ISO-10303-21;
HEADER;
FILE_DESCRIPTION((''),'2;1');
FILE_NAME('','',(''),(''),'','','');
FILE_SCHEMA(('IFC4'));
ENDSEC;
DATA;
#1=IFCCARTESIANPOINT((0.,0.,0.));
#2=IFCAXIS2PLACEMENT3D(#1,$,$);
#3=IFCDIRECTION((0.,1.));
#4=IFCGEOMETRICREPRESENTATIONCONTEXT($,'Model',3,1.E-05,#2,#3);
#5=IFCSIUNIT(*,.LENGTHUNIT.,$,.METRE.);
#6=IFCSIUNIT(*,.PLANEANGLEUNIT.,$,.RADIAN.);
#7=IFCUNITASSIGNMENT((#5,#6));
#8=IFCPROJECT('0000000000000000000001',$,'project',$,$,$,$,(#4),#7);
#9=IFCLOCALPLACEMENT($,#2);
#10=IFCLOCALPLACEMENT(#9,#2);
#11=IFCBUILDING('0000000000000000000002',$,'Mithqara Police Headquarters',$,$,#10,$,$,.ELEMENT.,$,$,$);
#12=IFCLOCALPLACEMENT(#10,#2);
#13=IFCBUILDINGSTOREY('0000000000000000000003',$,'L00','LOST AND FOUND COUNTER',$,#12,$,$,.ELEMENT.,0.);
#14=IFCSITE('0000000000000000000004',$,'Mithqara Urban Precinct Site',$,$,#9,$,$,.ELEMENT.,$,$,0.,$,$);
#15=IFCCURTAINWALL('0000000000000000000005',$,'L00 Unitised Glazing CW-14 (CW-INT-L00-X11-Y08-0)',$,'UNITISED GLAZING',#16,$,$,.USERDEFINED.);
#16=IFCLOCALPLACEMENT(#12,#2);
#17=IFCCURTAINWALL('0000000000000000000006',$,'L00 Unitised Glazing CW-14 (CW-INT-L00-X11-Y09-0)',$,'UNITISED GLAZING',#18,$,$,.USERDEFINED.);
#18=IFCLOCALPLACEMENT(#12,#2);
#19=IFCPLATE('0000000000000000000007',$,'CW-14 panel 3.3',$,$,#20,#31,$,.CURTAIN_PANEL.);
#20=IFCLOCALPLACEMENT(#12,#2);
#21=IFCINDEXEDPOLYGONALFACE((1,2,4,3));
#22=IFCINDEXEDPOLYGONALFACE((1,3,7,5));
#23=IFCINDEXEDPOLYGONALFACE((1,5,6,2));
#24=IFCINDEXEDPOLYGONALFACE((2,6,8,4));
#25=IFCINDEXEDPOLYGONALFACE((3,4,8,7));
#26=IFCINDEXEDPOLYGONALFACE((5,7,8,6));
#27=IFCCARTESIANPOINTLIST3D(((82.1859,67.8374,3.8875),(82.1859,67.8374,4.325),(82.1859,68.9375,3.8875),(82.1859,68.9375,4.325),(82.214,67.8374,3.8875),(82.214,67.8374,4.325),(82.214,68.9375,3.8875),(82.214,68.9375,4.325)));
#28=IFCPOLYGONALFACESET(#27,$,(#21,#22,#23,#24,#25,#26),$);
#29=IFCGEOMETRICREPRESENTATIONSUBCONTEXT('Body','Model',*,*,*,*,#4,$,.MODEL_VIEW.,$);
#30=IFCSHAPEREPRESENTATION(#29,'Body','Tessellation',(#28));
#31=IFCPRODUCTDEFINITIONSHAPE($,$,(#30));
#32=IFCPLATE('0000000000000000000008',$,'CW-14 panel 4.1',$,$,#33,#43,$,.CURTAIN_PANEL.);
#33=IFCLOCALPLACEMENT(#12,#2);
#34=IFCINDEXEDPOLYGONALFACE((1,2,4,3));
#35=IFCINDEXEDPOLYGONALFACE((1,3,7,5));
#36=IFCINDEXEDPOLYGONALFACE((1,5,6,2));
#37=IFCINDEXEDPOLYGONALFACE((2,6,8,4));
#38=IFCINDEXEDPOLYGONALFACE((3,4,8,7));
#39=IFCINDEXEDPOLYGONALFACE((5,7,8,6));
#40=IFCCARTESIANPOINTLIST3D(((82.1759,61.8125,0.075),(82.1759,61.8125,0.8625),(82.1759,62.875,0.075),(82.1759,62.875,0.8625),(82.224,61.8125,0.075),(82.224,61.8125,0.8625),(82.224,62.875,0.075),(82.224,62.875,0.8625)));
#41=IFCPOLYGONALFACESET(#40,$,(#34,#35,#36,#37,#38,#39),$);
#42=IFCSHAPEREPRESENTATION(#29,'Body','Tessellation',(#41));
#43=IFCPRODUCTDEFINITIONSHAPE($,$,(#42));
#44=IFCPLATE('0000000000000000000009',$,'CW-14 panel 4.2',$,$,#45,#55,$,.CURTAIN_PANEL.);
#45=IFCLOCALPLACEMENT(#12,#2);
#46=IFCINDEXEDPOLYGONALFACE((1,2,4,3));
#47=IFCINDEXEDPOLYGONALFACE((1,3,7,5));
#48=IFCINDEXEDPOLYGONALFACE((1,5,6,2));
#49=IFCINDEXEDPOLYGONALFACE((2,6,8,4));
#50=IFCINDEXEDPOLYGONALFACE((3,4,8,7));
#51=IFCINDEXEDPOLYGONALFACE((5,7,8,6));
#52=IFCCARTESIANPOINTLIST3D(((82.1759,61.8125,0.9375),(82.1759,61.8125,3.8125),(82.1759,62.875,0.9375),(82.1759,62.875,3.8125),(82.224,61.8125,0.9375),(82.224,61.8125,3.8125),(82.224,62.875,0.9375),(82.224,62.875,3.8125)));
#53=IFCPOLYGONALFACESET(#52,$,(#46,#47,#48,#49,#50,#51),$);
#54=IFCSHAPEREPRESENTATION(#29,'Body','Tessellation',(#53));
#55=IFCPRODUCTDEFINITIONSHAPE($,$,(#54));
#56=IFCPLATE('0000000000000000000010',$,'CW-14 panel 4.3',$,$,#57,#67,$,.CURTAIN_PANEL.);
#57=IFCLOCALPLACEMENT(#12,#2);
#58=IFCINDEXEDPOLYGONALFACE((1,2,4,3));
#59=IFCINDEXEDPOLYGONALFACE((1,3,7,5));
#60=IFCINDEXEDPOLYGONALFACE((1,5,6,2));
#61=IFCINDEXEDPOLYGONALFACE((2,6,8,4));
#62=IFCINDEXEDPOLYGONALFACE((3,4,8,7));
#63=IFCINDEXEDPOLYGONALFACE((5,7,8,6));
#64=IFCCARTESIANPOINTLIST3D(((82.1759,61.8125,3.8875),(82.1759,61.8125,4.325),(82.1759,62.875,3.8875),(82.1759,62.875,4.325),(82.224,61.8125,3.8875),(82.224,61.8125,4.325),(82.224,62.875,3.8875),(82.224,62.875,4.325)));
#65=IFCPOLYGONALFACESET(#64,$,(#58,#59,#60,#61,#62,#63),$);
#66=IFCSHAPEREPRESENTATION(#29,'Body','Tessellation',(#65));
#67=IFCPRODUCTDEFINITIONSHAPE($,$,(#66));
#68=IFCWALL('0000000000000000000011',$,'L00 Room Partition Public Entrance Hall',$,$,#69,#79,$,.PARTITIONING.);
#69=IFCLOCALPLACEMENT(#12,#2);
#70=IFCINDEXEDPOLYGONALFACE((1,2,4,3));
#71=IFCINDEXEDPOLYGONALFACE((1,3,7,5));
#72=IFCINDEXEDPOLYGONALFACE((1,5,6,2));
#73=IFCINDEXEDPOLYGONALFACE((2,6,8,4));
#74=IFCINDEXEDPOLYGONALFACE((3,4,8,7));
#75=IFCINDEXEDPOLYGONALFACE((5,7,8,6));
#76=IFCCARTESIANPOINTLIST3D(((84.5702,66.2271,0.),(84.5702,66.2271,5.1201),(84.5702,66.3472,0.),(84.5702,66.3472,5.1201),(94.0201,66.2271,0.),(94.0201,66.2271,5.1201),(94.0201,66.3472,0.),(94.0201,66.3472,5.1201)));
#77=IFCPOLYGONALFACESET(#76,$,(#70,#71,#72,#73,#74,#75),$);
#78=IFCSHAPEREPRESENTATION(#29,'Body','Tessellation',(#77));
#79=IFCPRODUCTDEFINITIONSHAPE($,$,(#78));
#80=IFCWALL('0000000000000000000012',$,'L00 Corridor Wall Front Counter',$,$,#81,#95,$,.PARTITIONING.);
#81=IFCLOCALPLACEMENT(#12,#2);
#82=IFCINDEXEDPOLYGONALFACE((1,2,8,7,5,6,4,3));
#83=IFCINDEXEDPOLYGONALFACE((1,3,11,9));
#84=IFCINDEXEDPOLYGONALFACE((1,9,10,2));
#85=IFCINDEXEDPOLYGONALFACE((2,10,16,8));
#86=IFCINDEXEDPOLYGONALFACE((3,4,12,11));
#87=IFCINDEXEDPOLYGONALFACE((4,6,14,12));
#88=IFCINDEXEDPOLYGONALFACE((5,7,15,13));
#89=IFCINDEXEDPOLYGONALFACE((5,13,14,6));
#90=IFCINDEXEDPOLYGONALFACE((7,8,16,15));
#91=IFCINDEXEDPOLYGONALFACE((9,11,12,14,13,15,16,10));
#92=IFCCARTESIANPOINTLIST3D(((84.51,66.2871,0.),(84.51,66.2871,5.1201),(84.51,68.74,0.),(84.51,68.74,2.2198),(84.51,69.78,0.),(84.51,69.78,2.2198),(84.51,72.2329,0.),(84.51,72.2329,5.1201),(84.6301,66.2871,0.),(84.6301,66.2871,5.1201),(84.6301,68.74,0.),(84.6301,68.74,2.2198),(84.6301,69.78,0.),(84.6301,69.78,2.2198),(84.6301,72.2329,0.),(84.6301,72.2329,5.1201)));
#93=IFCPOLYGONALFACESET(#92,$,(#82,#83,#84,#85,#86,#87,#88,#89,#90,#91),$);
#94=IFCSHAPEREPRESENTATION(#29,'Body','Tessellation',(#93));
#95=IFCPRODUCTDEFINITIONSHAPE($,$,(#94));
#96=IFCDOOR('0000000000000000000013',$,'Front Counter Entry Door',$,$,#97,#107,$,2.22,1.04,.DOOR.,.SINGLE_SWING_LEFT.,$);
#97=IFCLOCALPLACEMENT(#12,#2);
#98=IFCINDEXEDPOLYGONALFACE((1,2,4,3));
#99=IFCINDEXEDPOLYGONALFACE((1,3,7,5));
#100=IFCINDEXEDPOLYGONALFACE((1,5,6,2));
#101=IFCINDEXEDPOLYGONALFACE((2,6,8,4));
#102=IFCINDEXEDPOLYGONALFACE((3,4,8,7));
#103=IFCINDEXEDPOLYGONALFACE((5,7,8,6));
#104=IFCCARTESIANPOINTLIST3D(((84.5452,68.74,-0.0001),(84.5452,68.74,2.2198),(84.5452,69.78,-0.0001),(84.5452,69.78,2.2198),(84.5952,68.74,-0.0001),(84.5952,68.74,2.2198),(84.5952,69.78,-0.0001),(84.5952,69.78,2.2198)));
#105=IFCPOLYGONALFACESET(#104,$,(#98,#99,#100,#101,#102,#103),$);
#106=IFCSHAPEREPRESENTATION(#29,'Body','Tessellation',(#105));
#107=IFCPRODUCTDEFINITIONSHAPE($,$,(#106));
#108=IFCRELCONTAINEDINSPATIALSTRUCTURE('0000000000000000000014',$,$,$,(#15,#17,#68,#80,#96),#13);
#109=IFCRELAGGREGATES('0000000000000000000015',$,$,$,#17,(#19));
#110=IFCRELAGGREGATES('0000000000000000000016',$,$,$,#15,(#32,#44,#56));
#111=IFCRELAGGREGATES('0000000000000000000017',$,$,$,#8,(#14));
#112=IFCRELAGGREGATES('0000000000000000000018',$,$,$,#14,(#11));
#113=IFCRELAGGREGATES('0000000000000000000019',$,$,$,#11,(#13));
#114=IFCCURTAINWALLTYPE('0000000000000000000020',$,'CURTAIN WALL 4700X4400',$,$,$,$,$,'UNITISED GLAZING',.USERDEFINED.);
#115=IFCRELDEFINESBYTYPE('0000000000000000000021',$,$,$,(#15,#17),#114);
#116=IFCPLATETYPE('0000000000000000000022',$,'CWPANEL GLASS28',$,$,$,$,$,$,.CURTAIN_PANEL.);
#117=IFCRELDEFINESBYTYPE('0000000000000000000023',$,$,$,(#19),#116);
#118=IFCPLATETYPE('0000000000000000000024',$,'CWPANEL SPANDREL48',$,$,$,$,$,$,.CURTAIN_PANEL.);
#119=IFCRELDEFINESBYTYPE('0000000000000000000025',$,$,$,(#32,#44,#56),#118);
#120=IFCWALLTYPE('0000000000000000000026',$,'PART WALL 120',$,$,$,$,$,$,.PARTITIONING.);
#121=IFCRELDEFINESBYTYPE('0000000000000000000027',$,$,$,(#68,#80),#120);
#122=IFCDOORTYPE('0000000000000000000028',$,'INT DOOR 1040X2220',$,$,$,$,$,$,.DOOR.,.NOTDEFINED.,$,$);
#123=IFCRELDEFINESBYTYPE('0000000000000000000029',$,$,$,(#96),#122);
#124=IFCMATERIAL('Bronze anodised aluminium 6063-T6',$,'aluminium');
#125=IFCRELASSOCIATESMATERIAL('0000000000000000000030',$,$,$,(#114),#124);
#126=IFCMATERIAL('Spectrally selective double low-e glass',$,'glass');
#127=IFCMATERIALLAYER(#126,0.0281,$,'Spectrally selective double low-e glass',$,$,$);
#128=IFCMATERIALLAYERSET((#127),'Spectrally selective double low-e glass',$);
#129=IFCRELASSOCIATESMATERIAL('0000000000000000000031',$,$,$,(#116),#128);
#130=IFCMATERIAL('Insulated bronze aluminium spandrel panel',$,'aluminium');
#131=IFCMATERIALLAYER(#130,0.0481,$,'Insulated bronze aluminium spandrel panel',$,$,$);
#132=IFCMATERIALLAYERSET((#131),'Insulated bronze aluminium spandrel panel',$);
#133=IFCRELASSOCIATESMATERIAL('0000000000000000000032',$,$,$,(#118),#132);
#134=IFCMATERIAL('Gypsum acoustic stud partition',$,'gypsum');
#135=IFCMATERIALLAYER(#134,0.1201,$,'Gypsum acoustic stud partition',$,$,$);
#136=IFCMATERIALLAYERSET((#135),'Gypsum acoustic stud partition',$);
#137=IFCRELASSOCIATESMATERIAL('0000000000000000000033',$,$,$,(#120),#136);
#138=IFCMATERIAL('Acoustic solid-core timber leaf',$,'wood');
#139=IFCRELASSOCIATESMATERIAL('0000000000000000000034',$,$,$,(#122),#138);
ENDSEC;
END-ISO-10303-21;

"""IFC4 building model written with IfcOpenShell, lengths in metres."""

from ifc_helpers import new_model, si_unit, direction, frame, frame_2d, origin, origin_2d, place, context, subcontext, project, spatial, rectangle, extrude, material, layer, layer_set, type_object, element, fill, aggregate, save


model = new_model("IFC4")

# Units and contexts
model_context = context("Model", 3, precision=1e-05, world=origin(), true_north=direction((0.0, 1.0)))
body_context = subcontext(model_context, "Body", "Model", "MODEL_VIEW")
ifc_project = project(units=[si_unit("LENGTHUNIT", "METRE"), si_unit("PLANEANGLEUNIT", "RADIAN")], contexts=[model_context])

# Site, building, storey
site_placement = place(None, origin())
site = spatial("IfcSite", under=ifc_project, at=site_placement, Name="Mithqara Urban Precinct Site", CompositionType="ELEMENT", RefElevation=0.0)
building_placement = place(site_placement, origin())
building = spatial("IfcBuilding", under=site, at=building_placement, Name="Mithqara Police Headquarters", CompositionType="ELEMENT")
storey_placement = place(building_placement, origin())
storey = spatial("IfcBuildingStorey", under=building, at=storey_placement, Name="L00", Description="LOST AND FOUND COUNTER", CompositionType="ELEMENT", Elevation=0.0)

# Curtain walls
ifc_material_1 = material(Name="Bronze anodised aluminium 6063-T6", Category="aluminium")
curtain_wall_type = type_object("IfcCurtainWallType", Name="CURTAIN WALL 4700X4400", ElementType="UNITISED GLAZING", PredefinedType="USERDEFINED", material=ifc_material_1)
curtain_wall_1_placement = place(storey_placement, origin())
curtain_wall_1 = element("IfcCurtainWall", 1, at=curtain_wall_1_placement, inside=storey, type_object=curtain_wall_type, Name="L00 Unitised Glazing CW-14 (CW-INT-L00-X11-Y08-0)", ObjectType="UNITISED GLAZING", PredefinedType="USERDEFINED")
curtain_wall_2_placement = place(storey_placement, origin())
curtain_wall_2 = element("IfcCurtainWall", 2, at=curtain_wall_2_placement, inside=storey, type_object=curtain_wall_type, Name="L00 Unitised Glazing CW-14 (CW-INT-L00-X11-Y09-0)", ObjectType="UNITISED GLAZING", PredefinedType="USERDEFINED")

# Plates
ifc_material_2 = material(Name="Spectrally selective double low-e glass", Category="glass")
ifc_layer_1 = layer(ifc_material_2, 0.0281, Name="Spectrally selective double low-e glass")
ifc_layer_set_1 = layer_set([ifc_layer_1], Name="Spectrally selective double low-e glass")
plate_type_1 = type_object("IfcPlateType", Name="CWPANEL GLASS28", PredefinedType="CURTAIN_PANEL", material=ifc_layer_set_1)
plate_1_placement = place(storey_placement, frame((82.2, 68.3875, 3.8875), z_axis=(0.0, 0.0, 1.0), x_axis=(0.0, 1.0, 0.0)))
plate_1 = element("IfcPlate", 3, at=plate_1_placement, type_object=plate_type_1, Name="CW-14 panel 3.3", PredefinedType="CURTAIN_PANEL", context=body_context, shape_type="SweptSolid", body=[
    extrude(rectangle(XDim=1.1001, YDim=0.0281, at=origin_2d()), origin(), (0.0, 0.0, 1.0), 0.4375),
])
aggregate(curtain_wall_2, [plate_1])
ifc_material_3 = material(Name="Insulated bronze aluminium spandrel panel", Category="aluminium")
ifc_layer_2 = layer(ifc_material_3, 0.0481, Name="Insulated bronze aluminium spandrel panel")
ifc_layer_set_2 = layer_set([ifc_layer_2], Name="Insulated bronze aluminium spandrel panel")
plate_type_2 = type_object("IfcPlateType", Name="CWPANEL SPANDREL48", PredefinedType="CURTAIN_PANEL", material=ifc_layer_set_2)
plate_2_placement = place(storey_placement, frame((82.2, 62.3438, 0.075), z_axis=(0.0, 0.0, 1.0), x_axis=(0.0, 1.0, 0.0)))
plate_2 = element("IfcPlate", 4, at=plate_2_placement, type_object=plate_type_2, Name="CW-14 panel 4.1", PredefinedType="CURTAIN_PANEL", context=body_context, shape_type="SweptSolid", body=[
    extrude(rectangle(XDim=1.0625, YDim=0.0481, at=origin_2d()), origin(), (0.0, 0.0, 1.0), 0.7876),
])
plate_3_placement = place(storey_placement, frame((82.2, 62.3438, 0.9375), z_axis=(0.0, 0.0, 1.0), x_axis=(0.0, 1.0, 0.0)))
plate_3 = element("IfcPlate", 5, at=plate_3_placement, type_object=plate_type_2, Name="CW-14 panel 4.2", PredefinedType="CURTAIN_PANEL", context=body_context, shape_type="SweptSolid", body=[
    extrude(rectangle(XDim=1.0625, YDim=0.0481, at=origin_2d()), origin(), (0.0, 0.0, 1.0), 2.875),
])
plate_4_placement = place(storey_placement, frame((82.2, 62.3438, 3.8875), z_axis=(0.0, 0.0, 1.0), x_axis=(0.0, 1.0, 0.0)))
plate_4 = element("IfcPlate", 6, at=plate_4_placement, type_object=plate_type_2, Name="CW-14 panel 4.3", PredefinedType="CURTAIN_PANEL", context=body_context, shape_type="SweptSolid", body=[
    extrude(rectangle(XDim=1.0625, YDim=0.0481, at=origin_2d()), origin(), (0.0, 0.0, 1.0), 0.4375),
])
aggregate(curtain_wall_1, [plate_2, plate_3, plate_4])

# Wall
ifc_material_4 = material(Name="Gypsum acoustic stud partition", Category="gypsum")
ifc_layer_3 = layer(ifc_material_4, 0.1201, Name="Gypsum acoustic stud partition")
ifc_layer_set_3 = layer_set([ifc_layer_3], Name="Gypsum acoustic stud partition")
wall_type = type_object("IfcWallType", Name="PART WALL 120", PredefinedType="PARTITIONING", material=ifc_layer_set_3)
wall_1_placement = place(storey_placement, frame((84.5701, 66.2871, 0.0), z_axis=(0.0, 0.0, 1.0), x_axis=(1.0, 0.0, 0.0)))
element("IfcWall", 7, at=wall_1_placement, inside=storey, type_object=wall_type, Name="L00 Room Partition Public Entrance Hall", PredefinedType="PARTITIONING", context=body_context, shape_type="SweptSolid", body=[
    extrude(rectangle(XDim=9.45, YDim=0.1201, at=frame_2d((4.7251, 0.0))), origin(), (0.0, 0.0, 1.0), 5.1201),
])

# Wall, opening, door
wall_2_placement = place(storey_placement, frame((84.5701, 66.2871, 0.0), z_axis=(0.0, 0.0, 1.0), x_axis=(0.0, 1.0, 0.0)))
wall_2 = element("IfcWall", 8, at=wall_2_placement, inside=storey, type_object=wall_type, Name="L00 Corridor Wall Front Counter", PredefinedType="PARTITIONING", context=body_context, shape_type="SweptSolid", body=[
    extrude(rectangle(XDim=5.9458, YDim=0.1201, at=frame_2d((2.9729, 0.0))), origin(), (0.0, 0.0, 1.0), 5.1201),
])
opening_placement = place(wall_2_placement, frame((2.4529, 0.0, 0.0)))
opening = element("IfcOpeningElement", 9, at=opening_placement, cuts=wall_2, PredefinedType="OPENING", context=body_context, shape_type="SweptSolid", body=[
    extrude(rectangle(XDim=1.04, YDim=2.22, at=frame_2d((0.52, 1.1099))), frame((0.0, 0.0701, 0.0), z_axis=(0.0, -1.0, 0.0), x_axis=(1.0, 0.0, 0.0)), (0.0, 0.0, 1.0), 0.1401),
])
ifc_material_5 = material(Name="Acoustic solid-core timber leaf", Category="wood")
door_type = type_object("IfcDoorType", Name="INT DOOR 1040X2220", OperationType="NOTDEFINED", PredefinedType="DOOR", material=ifc_material_5)
door_placement = place(opening_placement, origin())
door = element("IfcDoor", 10, at=door_placement, inside=storey, type_object=door_type, Name="Front Counter Entry Door", OperationType="SINGLE_SWING_LEFT", OverallHeight=2.22, OverallWidth=1.04, PredefinedType="DOOR", context=body_context, shape_type="SweptSolid", body=[
    extrude(rectangle(XDim=1.04, YDim=2.22, at=frame_2d((0.52, 1.1099))), frame((0.0, 0.0249, 0.0), z_axis=(0.0, -1.0, 0.0), x_axis=(1.0, 0.0, 0.0)), (0.0, 0.0, 1.0), 0.05),
])
fill(opening, door)

save(model, "model.ifc")
